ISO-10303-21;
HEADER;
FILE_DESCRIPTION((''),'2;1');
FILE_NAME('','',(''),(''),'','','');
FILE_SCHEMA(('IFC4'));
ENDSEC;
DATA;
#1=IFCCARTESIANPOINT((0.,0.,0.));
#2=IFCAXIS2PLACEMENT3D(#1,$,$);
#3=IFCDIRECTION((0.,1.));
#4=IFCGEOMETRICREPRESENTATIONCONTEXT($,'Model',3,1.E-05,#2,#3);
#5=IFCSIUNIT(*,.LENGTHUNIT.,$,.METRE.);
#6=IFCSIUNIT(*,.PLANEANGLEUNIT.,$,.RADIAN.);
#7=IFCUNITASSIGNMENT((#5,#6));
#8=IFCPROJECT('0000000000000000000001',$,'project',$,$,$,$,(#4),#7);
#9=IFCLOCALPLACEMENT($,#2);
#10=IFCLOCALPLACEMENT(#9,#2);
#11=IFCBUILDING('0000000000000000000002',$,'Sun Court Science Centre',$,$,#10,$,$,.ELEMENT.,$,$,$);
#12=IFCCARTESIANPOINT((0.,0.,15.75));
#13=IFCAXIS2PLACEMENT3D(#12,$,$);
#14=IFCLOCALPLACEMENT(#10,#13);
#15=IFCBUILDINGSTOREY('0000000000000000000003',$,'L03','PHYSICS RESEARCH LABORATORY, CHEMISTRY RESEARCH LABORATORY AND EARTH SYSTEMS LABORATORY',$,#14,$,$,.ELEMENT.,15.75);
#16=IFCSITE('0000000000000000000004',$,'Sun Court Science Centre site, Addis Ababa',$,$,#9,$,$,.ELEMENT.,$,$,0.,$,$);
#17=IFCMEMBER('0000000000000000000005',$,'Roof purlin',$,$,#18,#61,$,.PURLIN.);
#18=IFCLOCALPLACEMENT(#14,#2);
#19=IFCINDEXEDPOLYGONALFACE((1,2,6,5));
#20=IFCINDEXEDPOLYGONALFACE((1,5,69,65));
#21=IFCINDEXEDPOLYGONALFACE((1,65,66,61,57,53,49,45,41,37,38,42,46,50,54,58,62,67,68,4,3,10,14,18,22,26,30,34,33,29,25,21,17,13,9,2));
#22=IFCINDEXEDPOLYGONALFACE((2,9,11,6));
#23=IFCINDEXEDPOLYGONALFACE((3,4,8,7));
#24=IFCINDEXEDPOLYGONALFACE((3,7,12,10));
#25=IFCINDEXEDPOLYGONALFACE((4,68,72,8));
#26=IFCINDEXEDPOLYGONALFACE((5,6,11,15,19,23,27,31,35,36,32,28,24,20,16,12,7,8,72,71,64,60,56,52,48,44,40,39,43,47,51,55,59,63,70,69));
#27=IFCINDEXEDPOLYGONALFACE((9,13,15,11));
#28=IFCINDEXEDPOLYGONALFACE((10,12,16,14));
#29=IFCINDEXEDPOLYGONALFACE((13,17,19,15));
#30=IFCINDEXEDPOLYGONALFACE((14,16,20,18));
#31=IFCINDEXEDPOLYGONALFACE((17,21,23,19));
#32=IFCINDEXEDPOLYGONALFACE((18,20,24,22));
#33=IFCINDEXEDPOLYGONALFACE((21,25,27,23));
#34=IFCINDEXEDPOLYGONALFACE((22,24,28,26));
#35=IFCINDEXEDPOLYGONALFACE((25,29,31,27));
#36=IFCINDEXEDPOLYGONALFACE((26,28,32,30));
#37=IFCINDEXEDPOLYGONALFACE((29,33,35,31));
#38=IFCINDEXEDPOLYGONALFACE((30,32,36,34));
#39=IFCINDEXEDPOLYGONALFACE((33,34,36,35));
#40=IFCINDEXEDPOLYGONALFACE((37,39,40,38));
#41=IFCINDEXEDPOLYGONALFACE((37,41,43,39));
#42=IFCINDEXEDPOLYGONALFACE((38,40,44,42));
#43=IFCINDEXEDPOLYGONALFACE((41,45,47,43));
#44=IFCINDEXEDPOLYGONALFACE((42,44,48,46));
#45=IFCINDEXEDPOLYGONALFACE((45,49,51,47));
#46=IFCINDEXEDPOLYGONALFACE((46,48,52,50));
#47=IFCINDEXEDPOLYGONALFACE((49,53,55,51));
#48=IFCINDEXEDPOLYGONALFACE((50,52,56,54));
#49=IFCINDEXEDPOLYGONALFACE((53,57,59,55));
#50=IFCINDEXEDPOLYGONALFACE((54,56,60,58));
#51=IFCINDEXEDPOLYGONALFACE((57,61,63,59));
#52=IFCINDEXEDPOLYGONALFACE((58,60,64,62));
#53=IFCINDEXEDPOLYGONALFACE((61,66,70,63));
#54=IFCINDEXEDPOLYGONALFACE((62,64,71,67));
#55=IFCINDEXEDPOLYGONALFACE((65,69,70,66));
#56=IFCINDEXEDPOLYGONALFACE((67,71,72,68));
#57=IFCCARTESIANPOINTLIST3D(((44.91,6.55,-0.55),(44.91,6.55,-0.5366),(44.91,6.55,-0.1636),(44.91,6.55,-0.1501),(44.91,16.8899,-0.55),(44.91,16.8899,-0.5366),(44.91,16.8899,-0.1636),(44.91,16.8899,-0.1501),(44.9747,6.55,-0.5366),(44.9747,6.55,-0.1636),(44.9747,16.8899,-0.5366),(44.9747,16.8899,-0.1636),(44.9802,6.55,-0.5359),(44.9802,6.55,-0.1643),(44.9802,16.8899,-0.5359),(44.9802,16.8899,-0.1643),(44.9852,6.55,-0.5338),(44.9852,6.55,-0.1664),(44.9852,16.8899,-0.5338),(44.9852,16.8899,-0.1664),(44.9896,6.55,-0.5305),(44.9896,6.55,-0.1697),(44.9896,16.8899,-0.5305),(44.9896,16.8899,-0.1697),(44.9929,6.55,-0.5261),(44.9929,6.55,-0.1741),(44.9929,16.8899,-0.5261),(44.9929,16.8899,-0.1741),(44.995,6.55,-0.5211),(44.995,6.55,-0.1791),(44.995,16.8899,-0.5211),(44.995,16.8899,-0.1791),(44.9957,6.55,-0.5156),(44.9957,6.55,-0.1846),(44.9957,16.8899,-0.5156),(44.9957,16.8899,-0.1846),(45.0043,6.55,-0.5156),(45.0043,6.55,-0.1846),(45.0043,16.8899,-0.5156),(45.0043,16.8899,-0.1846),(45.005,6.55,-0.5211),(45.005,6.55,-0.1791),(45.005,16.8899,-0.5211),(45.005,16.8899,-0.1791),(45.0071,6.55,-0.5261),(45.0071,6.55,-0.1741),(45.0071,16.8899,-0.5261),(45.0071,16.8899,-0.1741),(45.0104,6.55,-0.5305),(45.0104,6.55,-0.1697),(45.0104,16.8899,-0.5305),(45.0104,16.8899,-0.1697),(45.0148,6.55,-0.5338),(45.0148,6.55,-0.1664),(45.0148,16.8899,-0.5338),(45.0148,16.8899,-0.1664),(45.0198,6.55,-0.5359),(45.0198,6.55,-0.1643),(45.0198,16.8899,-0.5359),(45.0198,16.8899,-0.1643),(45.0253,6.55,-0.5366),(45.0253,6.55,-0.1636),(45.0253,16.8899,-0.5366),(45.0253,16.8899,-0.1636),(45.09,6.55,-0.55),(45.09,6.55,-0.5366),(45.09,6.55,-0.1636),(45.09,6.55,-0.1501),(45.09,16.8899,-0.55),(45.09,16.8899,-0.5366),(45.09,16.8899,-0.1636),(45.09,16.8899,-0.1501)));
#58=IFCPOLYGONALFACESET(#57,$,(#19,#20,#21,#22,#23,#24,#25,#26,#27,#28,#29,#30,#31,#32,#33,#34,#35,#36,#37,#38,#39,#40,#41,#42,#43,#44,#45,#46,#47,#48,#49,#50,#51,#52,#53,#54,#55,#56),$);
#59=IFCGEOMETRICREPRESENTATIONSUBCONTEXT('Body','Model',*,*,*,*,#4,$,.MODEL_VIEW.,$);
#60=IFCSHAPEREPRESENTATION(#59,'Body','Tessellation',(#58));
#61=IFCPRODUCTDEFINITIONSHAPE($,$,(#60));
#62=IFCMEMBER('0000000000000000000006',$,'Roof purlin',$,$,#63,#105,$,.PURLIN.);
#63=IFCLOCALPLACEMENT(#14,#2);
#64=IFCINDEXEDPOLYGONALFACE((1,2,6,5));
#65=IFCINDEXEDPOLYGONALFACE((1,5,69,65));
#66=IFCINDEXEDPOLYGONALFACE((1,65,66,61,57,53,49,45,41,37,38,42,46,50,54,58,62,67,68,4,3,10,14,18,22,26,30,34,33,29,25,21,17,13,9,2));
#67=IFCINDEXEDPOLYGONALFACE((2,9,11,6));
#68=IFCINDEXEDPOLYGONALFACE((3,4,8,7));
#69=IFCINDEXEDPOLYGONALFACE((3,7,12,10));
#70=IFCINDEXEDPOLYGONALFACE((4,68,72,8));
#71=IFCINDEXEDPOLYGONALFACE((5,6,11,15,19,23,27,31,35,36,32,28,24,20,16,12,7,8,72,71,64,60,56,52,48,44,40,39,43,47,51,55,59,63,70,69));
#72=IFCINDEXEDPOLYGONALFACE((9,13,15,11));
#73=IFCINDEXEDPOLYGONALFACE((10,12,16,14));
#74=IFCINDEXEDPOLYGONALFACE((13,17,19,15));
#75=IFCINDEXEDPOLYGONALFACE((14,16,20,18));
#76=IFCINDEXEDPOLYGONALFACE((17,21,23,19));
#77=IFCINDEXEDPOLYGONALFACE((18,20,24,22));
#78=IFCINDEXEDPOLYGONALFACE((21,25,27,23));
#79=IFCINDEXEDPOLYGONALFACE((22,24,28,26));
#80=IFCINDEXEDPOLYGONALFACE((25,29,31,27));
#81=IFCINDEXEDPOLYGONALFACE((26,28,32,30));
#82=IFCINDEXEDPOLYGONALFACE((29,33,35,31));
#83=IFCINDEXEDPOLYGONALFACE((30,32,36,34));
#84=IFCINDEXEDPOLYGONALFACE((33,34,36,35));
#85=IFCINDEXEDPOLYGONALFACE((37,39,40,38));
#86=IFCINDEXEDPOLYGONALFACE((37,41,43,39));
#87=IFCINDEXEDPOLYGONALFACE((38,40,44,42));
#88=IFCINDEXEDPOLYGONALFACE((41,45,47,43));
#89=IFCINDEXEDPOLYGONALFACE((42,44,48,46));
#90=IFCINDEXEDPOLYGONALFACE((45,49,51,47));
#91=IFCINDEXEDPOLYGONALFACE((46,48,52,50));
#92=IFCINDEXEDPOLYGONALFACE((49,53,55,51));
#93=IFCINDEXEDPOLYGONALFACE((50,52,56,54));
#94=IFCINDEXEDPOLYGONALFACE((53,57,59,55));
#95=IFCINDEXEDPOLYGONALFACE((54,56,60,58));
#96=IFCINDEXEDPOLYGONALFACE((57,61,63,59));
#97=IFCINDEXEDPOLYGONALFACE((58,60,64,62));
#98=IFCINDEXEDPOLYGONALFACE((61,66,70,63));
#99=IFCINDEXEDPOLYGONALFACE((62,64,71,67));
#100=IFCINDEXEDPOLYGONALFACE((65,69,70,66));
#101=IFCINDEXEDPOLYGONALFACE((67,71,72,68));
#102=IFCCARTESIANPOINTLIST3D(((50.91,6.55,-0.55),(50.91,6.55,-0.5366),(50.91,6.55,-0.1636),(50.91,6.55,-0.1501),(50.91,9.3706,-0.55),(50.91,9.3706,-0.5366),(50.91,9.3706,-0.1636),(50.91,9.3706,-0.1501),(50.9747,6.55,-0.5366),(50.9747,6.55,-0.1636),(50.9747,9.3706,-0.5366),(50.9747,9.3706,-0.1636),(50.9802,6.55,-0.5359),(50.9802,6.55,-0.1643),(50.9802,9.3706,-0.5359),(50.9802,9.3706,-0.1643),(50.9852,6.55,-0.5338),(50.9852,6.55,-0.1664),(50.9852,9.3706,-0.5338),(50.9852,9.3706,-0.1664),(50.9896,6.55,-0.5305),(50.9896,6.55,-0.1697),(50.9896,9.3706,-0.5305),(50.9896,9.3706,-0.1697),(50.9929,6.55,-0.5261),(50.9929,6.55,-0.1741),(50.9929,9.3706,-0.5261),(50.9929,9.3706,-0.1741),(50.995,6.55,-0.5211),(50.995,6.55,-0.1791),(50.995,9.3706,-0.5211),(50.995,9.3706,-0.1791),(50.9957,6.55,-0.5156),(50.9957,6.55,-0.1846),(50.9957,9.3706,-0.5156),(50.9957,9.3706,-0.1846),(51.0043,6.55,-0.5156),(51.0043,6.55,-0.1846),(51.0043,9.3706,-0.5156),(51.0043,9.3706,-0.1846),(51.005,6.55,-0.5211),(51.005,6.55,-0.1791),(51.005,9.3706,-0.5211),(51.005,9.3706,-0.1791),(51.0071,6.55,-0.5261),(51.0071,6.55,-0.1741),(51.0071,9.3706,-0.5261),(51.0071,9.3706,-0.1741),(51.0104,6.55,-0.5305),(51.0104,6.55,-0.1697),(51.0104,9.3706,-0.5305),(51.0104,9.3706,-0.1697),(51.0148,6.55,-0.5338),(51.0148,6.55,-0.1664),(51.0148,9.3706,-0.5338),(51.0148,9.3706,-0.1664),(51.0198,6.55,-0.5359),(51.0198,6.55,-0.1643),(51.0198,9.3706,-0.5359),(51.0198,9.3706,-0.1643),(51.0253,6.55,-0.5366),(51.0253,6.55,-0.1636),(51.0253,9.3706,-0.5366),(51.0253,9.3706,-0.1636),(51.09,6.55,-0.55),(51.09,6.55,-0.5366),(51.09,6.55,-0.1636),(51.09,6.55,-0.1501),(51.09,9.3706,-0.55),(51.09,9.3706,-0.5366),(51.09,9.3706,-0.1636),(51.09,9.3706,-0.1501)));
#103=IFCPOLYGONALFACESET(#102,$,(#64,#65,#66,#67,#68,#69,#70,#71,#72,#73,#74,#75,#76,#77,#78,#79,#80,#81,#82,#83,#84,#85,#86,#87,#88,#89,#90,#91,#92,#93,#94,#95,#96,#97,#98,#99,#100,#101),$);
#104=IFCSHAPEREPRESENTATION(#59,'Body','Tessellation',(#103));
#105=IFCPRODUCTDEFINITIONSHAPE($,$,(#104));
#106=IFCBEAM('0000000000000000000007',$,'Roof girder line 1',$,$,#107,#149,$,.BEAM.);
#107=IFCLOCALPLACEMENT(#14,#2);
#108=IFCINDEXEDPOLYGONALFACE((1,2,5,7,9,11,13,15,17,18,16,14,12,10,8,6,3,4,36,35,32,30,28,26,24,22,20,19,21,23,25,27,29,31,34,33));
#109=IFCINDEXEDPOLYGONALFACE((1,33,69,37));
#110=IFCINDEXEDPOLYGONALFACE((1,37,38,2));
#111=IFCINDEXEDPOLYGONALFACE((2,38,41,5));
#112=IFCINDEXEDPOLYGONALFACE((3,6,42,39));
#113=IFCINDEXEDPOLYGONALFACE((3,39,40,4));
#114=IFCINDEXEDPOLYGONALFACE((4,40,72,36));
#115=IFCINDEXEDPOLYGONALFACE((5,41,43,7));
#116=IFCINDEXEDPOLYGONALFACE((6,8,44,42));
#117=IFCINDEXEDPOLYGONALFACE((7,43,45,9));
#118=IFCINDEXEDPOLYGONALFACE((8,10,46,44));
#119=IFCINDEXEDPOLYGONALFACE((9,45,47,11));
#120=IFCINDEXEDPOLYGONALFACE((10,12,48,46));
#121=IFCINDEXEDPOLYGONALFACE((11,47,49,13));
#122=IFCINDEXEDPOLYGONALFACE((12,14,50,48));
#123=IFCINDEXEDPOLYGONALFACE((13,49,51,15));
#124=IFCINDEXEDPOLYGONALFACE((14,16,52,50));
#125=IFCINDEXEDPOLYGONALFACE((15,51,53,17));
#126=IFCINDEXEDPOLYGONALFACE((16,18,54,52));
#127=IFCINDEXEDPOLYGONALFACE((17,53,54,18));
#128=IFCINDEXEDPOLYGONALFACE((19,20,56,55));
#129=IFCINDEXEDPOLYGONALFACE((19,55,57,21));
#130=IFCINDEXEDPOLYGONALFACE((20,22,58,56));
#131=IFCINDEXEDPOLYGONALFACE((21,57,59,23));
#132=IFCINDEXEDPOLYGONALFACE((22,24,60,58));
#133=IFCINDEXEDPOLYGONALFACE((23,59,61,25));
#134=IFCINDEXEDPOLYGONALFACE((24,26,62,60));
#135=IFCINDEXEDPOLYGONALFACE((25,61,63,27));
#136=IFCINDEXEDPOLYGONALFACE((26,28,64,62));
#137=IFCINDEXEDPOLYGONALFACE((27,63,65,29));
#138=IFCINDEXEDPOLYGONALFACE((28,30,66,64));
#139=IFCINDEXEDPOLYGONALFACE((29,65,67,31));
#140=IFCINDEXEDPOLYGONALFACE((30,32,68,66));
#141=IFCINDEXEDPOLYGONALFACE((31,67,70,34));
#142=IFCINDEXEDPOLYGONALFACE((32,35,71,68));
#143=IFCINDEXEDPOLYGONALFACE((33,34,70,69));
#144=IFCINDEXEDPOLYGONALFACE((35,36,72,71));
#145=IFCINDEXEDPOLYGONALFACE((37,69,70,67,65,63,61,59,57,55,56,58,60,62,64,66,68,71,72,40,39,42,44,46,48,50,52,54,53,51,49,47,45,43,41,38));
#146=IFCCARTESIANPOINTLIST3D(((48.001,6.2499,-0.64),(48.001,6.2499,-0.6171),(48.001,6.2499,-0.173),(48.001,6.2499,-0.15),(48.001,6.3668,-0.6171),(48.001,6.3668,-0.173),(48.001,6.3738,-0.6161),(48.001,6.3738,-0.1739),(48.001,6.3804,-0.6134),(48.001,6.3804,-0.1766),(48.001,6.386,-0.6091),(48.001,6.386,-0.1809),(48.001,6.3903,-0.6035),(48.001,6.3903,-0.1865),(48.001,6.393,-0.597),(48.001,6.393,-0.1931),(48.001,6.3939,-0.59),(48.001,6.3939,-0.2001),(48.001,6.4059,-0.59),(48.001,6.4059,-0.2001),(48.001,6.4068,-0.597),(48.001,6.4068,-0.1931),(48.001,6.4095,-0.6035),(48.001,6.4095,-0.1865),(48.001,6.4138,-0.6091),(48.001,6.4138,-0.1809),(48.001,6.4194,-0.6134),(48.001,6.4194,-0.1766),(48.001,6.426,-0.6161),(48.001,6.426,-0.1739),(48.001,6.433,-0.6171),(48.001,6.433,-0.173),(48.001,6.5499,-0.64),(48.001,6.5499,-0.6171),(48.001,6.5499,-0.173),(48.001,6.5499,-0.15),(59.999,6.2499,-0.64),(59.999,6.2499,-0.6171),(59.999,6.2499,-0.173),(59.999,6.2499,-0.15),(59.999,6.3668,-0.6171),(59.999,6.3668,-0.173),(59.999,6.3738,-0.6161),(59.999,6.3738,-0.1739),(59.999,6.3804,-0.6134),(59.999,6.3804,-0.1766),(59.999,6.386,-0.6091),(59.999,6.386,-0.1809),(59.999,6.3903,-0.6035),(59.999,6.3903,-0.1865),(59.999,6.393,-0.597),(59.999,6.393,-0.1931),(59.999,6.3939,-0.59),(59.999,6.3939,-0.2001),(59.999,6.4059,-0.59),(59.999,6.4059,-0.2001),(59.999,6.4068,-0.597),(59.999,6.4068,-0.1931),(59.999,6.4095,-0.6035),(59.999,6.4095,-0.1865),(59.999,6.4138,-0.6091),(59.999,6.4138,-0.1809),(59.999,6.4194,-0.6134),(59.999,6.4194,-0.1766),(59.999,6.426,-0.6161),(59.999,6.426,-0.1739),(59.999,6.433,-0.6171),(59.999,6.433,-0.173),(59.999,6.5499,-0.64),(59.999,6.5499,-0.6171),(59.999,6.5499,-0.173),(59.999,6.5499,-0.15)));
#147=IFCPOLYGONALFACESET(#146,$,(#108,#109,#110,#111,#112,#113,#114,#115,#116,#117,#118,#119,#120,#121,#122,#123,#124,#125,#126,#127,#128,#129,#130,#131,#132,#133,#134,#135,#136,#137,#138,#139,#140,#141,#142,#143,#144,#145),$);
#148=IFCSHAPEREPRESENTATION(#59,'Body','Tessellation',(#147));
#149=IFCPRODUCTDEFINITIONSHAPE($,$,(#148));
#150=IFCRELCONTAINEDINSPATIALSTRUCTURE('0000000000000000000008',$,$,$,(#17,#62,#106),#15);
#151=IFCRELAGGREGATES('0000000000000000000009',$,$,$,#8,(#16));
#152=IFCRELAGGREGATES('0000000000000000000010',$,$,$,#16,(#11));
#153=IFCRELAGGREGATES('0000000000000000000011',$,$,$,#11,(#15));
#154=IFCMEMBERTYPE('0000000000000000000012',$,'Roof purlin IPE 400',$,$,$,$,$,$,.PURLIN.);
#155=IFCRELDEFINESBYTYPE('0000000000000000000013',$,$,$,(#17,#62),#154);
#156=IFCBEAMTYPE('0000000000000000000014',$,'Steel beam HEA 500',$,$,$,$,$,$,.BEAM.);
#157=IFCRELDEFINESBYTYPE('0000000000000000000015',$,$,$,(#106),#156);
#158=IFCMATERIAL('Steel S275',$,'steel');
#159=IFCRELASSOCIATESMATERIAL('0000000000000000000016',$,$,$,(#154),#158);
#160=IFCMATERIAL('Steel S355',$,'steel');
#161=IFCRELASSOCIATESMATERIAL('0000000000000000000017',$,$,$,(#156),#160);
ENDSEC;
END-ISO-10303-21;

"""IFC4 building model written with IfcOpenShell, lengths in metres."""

from ifc_helpers import new_model, si_unit, direction, frame, origin, origin_2d, place, context, subcontext, project, spatial, i_section, extrude, material, material_profile, profile_set, type_object, element, save


model = new_model("IFC4")

# Units and contexts
model_context = context("Model", 3, precision=1e-05, world=origin(), true_north=direction((0.0, 1.0)))
body_context = subcontext(model_context, "Body", "Model", "MODEL_VIEW")
ifc_project = project(units=[si_unit("LENGTHUNIT", "METRE"), si_unit("PLANEANGLEUNIT", "RADIAN")], contexts=[model_context])

# Site, building, storey
site_placement = place(None, origin())
site = spatial("IfcSite", under=ifc_project, at=site_placement, Name="Sun Court Science Centre site, Addis Ababa", CompositionType="ELEMENT", RefElevation=0.0)
building_placement = place(site_placement, origin())
building = spatial("IfcBuilding", under=site, at=building_placement, Name="Sun Court Science Centre", CompositionType="ELEMENT")
storey_placement = place(building_placement, frame((0.0, 0.0, 15.75)))
storey = spatial("IfcBuildingStorey", under=building, at=storey_placement, Name="L03", Description="PHYSICS RESEARCH LABORATORY, CHEMISTRY RESEARCH LABORATORY AND EARTH SYSTEMS LABORATORY", CompositionType="ELEMENT", Elevation=15.75)

# Members
ifc_material_1 = material(Name="Steel S275", Category="steel")
ifc_material_profile_1 = material_profile(ifc_material_1, i_section(OverallWidth=0.1799, OverallDepth=0.3999, WebThickness=0.0085, FlangeThickness=0.0134, FilletRadius=0.021, at=origin_2d()), Name="IPE 400")
ifc_profile_set_1 = profile_set([ifc_material_profile_1], Name="Steel S275")
member_type = type_object("IfcMemberType", Name="Roof purlin IPE 400", PredefinedType="PURLIN", material=ifc_profile_set_1)
member_1_placement = place(storey_placement, frame((45.0, 6.55, -0.3501), z_axis=(0.0, 1.0, 0.0), x_axis=(-1.0, 0.0, 0.0)))
element("IfcMember", 1, at=member_1_placement, inside=storey, type_object=member_type, Name="Roof purlin", PredefinedType="PURLIN", context=body_context, shape_type="SweptSolid", body=[
    extrude(i_section(OverallWidth=0.1799, OverallDepth=0.3999, WebThickness=0.0085, FlangeThickness=0.0134, FilletRadius=0.021, at=origin_2d()), origin(), (0.0, 0.0, 1.0), 10.3398),
])
member_2_placement = place(storey_placement, frame((51.0, 6.55, -0.3501), z_axis=(0.0, 1.0, 0.0), x_axis=(-1.0, 0.0, 0.0)))
element("IfcMember", 2, at=member_2_placement, inside=storey, type_object=member_type, Name="Roof purlin", PredefinedType="PURLIN", context=body_context, shape_type="SweptSolid", body=[
    extrude(i_section(OverallWidth=0.1799, OverallDepth=0.3999, WebThickness=0.0085, FlangeThickness=0.0134, FilletRadius=0.021, at=origin_2d()), origin(), (0.0, 0.0, 1.0), 2.8206),
])

# Beam
ifc_material_2 = material(Name="Steel S355", Category="steel")
ifc_material_profile_2 = material_profile(ifc_material_2, i_section(OverallWidth=0.3, OverallDepth=0.49, WebThickness=0.012, FlangeThickness=0.0229, FilletRadius=0.0271, at=origin_2d()), Name="HEA 500")
ifc_profile_set_2 = profile_set([ifc_material_profile_2], Name="Steel S355")
beam_type = type_object("IfcBeamType", Name="Steel beam HEA 500", PredefinedType="BEAM", material=ifc_profile_set_2)
beam_placement = place(storey_placement, frame((48.001, 6.3999, -0.395), z_axis=(1.0, 0.0, 0.0), x_axis=(0.0, 1.0, 0.0)))
element("IfcBeam", 3, at=beam_placement, inside=storey, type_object=beam_type, Name="Roof girder line 1", PredefinedType="BEAM", context=body_context, shape_type="SweptSolid", body=[
    extrude(i_section(OverallWidth=0.3, OverallDepth=0.49, WebThickness=0.012, FlangeThickness=0.0229, FilletRadius=0.0271, at=origin_2d()), origin(), (0.0, 0.0, 1.0), 11.998),
])

save(model, "model.ifc")
